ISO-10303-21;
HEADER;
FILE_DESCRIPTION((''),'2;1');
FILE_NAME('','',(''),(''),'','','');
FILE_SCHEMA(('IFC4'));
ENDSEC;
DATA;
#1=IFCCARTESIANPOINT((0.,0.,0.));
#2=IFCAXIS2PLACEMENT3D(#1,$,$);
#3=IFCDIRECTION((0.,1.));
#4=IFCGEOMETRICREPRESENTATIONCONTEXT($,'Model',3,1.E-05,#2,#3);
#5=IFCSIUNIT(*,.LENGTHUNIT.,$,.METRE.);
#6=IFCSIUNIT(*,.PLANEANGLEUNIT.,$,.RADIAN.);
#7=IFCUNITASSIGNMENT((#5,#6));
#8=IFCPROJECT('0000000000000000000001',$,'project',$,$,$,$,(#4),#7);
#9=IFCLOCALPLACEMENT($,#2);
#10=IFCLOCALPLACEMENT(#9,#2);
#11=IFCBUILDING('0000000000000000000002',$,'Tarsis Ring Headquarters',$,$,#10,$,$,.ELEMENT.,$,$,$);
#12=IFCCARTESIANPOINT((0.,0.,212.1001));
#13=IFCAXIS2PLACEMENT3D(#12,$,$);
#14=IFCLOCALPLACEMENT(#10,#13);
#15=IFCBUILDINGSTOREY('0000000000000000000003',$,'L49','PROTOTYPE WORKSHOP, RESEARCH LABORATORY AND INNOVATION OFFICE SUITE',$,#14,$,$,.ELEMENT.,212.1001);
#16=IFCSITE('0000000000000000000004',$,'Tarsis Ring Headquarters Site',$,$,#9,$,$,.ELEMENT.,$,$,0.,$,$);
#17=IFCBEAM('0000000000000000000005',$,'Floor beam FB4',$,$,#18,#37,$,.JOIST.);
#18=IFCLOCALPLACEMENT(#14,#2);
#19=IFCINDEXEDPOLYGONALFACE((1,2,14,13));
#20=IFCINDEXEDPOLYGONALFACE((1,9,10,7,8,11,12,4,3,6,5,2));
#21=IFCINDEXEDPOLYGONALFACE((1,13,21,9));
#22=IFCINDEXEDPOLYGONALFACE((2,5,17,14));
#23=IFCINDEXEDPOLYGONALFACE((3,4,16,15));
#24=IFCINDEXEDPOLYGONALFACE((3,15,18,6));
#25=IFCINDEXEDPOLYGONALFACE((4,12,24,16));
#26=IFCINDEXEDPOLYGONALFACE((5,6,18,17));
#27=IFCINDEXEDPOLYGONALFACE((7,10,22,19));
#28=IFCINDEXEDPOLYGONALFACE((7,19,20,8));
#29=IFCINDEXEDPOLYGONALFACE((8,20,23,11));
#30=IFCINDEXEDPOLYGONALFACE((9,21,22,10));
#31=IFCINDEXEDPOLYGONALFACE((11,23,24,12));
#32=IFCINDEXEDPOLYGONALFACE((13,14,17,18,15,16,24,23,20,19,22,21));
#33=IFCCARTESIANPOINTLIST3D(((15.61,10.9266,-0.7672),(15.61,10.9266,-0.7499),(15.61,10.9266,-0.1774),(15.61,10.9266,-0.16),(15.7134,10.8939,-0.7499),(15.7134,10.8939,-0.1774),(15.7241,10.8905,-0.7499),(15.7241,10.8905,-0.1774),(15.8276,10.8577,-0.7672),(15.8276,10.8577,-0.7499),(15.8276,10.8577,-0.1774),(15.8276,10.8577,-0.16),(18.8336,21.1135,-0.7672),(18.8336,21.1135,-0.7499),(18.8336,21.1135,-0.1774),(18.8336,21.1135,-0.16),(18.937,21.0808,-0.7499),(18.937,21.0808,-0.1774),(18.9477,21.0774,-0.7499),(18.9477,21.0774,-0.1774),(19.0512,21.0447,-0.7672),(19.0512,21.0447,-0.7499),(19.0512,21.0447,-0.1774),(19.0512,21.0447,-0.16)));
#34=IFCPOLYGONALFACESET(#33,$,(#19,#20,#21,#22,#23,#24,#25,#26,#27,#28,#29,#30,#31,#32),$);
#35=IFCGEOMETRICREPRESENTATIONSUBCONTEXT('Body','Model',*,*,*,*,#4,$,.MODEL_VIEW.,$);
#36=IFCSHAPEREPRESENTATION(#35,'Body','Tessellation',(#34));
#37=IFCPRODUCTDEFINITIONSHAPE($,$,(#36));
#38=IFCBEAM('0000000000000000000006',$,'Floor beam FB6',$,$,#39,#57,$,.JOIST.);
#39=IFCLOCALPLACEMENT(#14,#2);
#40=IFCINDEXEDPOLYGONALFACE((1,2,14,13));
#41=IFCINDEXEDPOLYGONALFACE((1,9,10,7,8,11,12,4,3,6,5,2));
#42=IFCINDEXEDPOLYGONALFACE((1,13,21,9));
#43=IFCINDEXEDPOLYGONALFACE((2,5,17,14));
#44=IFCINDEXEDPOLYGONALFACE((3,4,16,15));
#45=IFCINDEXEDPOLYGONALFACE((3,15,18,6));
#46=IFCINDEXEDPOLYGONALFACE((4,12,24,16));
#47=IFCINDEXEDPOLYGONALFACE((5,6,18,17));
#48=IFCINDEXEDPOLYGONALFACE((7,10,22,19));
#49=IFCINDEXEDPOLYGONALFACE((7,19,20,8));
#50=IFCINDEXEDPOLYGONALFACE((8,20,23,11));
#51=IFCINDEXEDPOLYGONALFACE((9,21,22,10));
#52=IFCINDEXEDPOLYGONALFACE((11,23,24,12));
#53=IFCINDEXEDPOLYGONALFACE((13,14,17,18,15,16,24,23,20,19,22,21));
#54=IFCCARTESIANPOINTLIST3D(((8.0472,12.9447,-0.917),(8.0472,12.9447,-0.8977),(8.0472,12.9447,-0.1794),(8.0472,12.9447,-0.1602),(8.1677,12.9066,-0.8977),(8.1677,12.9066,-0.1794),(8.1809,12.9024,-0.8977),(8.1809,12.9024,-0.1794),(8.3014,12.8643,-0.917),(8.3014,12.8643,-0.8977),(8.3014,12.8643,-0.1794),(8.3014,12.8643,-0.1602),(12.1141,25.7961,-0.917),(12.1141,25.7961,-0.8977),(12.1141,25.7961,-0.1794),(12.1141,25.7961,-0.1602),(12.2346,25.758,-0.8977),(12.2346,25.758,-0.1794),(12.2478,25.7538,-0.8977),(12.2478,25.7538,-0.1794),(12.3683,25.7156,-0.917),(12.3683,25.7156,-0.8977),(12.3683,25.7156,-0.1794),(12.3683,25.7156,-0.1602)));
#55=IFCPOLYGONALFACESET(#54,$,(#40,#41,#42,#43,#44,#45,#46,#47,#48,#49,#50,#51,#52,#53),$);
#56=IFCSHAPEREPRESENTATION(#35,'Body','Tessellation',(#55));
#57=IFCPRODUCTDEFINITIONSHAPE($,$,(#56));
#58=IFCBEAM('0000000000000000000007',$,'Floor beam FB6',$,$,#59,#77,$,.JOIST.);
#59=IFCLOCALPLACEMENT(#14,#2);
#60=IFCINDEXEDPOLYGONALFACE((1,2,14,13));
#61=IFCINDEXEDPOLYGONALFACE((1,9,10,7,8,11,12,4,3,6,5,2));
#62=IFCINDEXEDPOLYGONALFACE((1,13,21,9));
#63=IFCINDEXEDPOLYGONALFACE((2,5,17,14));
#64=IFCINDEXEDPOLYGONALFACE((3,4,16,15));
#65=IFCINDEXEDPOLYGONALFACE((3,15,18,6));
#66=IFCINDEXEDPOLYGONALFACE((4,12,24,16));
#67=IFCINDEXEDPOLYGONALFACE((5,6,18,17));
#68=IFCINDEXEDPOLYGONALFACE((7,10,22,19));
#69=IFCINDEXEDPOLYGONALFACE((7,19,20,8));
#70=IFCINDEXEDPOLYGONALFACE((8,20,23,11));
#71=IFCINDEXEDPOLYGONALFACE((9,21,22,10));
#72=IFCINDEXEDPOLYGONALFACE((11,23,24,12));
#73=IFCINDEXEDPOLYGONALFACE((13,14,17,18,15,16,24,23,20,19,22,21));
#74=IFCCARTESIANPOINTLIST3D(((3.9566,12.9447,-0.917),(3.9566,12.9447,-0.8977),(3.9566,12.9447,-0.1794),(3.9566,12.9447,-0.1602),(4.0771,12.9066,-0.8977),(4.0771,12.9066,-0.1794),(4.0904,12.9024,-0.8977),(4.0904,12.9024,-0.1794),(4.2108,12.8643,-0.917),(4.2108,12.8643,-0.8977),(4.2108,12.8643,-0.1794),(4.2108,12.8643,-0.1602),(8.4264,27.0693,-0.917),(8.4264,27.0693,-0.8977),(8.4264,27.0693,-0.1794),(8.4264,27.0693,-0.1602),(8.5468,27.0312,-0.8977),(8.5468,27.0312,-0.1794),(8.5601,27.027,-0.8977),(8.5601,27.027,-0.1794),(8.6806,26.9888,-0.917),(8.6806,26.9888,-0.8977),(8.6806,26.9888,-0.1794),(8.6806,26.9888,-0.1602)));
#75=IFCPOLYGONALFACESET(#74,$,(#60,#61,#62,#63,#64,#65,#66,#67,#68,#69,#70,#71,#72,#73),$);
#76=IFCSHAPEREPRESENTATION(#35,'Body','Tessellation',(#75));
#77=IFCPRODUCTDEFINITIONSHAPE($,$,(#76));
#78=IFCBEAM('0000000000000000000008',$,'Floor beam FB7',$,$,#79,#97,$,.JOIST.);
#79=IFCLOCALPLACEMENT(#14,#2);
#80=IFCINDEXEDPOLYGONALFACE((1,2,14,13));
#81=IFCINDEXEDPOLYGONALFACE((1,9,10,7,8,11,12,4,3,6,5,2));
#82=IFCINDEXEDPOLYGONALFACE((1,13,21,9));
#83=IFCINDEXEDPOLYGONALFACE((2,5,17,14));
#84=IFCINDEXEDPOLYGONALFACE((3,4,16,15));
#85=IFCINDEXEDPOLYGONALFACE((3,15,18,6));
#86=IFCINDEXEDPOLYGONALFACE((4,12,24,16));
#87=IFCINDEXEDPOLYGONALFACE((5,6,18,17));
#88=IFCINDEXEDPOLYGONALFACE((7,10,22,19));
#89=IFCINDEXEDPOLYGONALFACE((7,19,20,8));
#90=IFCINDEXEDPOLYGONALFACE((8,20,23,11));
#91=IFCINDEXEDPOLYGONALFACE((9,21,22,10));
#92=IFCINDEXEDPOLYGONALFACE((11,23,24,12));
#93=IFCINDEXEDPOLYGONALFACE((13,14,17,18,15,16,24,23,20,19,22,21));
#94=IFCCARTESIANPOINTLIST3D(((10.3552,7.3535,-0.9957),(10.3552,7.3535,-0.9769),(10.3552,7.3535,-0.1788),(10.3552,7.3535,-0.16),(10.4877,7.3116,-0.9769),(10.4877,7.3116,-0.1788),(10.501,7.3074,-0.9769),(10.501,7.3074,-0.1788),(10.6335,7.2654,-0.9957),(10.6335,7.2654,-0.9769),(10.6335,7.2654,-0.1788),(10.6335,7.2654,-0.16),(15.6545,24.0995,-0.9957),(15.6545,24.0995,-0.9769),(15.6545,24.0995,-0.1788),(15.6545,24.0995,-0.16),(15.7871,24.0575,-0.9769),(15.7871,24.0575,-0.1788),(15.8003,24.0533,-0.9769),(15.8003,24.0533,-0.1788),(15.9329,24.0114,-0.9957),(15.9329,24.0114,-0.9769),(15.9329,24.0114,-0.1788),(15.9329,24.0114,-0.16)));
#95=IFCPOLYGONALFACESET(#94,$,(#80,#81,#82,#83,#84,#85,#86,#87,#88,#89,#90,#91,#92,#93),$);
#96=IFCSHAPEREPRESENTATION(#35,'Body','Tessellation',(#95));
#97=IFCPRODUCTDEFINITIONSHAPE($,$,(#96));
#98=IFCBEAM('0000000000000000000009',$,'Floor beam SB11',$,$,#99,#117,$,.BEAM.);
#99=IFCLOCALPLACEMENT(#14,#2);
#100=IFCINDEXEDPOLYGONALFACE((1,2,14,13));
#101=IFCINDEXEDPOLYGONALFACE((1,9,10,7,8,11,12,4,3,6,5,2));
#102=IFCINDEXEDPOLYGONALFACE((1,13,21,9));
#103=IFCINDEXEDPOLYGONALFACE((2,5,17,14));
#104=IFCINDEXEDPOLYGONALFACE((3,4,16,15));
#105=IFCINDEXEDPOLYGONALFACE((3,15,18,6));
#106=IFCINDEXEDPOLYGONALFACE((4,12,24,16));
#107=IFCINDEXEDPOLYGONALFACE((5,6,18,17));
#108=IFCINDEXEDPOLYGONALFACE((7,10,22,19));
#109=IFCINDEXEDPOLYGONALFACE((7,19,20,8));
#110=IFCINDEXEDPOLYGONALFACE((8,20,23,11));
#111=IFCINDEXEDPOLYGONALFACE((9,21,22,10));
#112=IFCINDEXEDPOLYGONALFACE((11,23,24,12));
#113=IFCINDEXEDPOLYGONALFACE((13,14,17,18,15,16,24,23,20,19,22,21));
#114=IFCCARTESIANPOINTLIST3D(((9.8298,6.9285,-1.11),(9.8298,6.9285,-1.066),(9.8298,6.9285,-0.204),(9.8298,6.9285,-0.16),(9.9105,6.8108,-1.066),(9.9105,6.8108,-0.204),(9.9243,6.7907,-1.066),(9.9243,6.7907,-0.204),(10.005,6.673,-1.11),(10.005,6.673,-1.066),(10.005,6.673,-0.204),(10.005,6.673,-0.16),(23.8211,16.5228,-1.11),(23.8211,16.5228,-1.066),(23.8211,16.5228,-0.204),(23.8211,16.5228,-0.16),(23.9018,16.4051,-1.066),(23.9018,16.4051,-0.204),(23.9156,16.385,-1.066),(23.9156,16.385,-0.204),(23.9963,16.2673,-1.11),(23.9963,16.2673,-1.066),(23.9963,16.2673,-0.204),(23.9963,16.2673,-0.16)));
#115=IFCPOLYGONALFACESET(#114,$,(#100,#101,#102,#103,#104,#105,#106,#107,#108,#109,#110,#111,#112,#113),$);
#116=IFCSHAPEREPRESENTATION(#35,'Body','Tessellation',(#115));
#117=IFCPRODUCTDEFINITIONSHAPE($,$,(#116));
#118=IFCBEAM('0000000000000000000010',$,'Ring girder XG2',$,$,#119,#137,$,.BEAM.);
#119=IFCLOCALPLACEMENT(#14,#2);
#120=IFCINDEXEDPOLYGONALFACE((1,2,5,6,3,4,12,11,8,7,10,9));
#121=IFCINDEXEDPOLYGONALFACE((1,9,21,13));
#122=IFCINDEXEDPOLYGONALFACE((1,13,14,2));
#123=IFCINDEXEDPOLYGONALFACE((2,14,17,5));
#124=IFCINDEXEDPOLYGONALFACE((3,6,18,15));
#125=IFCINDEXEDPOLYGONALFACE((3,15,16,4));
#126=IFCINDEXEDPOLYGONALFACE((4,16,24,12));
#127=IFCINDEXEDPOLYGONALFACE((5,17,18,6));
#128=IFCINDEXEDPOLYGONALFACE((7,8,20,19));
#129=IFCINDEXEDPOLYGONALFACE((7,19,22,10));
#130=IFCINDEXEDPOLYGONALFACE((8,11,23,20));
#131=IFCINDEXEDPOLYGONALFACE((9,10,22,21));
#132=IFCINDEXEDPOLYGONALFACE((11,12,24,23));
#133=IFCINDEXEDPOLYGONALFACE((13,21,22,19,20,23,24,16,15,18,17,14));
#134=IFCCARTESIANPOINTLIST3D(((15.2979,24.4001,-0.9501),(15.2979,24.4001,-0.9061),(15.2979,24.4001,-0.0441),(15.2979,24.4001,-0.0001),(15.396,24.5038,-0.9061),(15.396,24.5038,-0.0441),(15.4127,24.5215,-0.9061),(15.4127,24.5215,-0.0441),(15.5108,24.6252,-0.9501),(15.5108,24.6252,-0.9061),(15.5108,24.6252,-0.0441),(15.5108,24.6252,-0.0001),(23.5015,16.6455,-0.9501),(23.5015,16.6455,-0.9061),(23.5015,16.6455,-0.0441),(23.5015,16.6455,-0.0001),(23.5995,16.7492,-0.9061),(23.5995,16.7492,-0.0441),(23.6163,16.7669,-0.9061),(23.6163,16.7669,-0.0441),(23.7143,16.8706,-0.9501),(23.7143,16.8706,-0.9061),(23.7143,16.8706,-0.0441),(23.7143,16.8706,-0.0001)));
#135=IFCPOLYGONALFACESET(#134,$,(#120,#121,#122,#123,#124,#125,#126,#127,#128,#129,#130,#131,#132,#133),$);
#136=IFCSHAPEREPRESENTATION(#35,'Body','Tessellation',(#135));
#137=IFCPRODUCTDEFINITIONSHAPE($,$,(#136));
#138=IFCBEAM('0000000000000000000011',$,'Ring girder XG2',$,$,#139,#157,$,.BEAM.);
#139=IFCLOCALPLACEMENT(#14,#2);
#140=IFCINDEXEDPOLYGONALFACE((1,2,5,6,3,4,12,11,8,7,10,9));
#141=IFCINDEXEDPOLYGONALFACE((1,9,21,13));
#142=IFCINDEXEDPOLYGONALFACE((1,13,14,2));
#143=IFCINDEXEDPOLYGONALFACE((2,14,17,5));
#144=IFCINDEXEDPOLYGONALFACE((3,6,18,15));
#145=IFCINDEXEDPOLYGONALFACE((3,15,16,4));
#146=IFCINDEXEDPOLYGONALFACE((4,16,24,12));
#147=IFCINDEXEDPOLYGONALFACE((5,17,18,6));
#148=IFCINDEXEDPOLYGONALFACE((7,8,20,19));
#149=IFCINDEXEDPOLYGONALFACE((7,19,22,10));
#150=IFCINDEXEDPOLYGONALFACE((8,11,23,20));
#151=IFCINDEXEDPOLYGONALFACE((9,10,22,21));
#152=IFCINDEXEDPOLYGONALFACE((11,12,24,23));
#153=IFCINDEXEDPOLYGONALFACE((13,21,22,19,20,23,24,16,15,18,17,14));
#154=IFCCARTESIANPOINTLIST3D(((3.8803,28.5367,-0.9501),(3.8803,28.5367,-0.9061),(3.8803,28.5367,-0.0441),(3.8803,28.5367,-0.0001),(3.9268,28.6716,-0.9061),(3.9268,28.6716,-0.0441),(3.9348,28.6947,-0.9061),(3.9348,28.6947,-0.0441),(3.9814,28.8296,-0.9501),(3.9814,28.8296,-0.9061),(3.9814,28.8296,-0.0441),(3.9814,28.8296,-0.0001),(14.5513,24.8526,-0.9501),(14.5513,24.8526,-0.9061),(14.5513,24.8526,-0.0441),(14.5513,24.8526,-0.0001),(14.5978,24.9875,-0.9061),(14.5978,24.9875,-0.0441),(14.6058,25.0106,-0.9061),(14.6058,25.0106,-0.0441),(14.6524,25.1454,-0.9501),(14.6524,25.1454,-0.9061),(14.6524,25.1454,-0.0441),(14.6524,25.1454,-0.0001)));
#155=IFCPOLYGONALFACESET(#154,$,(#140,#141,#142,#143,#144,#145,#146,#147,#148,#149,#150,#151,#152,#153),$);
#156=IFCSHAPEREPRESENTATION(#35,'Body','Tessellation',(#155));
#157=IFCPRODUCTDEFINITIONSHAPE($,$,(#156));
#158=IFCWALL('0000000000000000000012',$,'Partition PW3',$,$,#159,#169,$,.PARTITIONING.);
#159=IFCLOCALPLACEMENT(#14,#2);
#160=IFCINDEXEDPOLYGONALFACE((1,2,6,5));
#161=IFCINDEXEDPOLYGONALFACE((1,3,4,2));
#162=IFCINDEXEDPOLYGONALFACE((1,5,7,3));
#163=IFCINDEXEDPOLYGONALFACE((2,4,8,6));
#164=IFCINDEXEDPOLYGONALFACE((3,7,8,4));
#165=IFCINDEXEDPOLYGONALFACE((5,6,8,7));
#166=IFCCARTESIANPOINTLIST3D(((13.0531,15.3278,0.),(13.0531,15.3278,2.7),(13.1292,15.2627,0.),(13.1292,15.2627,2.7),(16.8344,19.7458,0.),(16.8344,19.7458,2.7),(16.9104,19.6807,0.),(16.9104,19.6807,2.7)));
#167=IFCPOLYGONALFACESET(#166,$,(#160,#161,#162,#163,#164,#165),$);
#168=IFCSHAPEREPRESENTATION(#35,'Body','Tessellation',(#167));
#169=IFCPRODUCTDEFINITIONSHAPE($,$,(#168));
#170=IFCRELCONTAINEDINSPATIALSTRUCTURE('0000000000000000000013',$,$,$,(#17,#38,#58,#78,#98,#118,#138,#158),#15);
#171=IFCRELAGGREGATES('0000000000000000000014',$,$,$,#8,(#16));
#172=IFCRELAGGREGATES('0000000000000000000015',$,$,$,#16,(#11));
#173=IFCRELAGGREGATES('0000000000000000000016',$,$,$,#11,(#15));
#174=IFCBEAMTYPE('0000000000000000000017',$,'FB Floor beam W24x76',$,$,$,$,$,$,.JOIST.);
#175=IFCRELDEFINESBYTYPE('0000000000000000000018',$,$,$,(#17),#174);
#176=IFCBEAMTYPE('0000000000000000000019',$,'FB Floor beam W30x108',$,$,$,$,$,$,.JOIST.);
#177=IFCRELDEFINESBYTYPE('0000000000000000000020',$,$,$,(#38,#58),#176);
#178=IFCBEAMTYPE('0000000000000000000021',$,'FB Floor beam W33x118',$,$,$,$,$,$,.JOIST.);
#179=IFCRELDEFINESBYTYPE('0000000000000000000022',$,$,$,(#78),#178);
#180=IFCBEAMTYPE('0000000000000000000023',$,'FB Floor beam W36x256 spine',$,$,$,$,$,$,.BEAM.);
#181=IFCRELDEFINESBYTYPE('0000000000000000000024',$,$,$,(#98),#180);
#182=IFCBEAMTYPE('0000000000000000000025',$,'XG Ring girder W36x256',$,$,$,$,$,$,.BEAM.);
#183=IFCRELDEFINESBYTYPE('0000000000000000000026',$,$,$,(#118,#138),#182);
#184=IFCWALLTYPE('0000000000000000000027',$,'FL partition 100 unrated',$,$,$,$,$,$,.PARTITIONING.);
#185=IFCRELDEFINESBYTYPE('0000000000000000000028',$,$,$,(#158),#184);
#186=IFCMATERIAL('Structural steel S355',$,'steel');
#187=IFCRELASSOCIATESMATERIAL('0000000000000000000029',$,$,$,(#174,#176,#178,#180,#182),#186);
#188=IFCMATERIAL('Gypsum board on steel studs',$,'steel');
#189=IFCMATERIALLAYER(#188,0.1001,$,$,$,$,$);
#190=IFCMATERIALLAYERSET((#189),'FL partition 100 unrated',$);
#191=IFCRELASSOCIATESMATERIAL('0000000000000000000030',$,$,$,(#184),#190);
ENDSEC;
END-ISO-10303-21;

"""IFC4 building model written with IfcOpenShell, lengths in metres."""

from ifc_helpers import new_model, si_unit, direction, frame, frame_2d, origin, origin_2d, place, context, subcontext, project, spatial, rectangle, i_section, extrude, material, layer, layer_set, material_profile, profile_set, type_object, element, save


model = new_model("IFC4")

# Units and contexts
model_context = context("Model", 3, precision=1e-05, world=origin(), true_north=direction((0.0, 1.0)))
body_context = subcontext(model_context, "Body", "Model", "MODEL_VIEW")
ifc_project = project(units=[si_unit("LENGTHUNIT", "METRE"), si_unit("PLANEANGLEUNIT", "RADIAN")], contexts=[model_context])

# Site, building, storey
site_placement = place(None, origin())
site = spatial("IfcSite", under=ifc_project, at=site_placement, Name="Tarsis Ring Headquarters Site", CompositionType="ELEMENT", RefElevation=0.0)
building_placement = place(site_placement, origin())
building = spatial("IfcBuilding", under=site, at=building_placement, Name="Tarsis Ring Headquarters", CompositionType="ELEMENT")
storey_placement = place(building_placement, frame((0.0, 0.0, 212.1001)))
storey = spatial("IfcBuildingStorey", under=building, at=storey_placement, Name="L49", Description="PROTOTYPE WORKSHOP, RESEARCH LABORATORY AND INNOVATION OFFICE SUITE", CompositionType="ELEMENT", Elevation=212.1001)

# Shared definitions
ifc_material_1 = material(Name="Structural steel S355", Category="steel")

# Beams
ifc_material_profile_1 = material_profile(ifc_material_1, i_section(OverallWidth=0.2283, OverallDepth=0.6072, WebThickness=0.0112, FlangeThickness=0.0173, at=origin_2d()), Name="W24x76")
ifc_profile_set_1 = profile_set([ifc_material_profile_1], Name="Structural steel S355")
beam_type_1 = type_object("IfcBeamType", Name="FB Floor beam W24x76", PredefinedType="JOIST", material=ifc_profile_set_1)
beam_1_placement = place(storey_placement, frame((18.9424, 21.0791, -0.4636), z_axis=(-0.3017, -0.953403, 0.0), x_axis=(0.953403, -0.3017, 0.0)))
element("IfcBeam", 1, at=beam_1_placement, inside=storey, type_object=beam_type_1, Name="Floor beam FB4", PredefinedType="JOIST", context=body_context, shape_type="SweptSolid", body=[
    extrude(i_section(OverallWidth=0.2283, OverallDepth=0.6072, WebThickness=0.0112, FlangeThickness=0.0173, at=origin_2d()), origin(), (0.0, 0.0, 1.0), 10.6848),
])
ifc_material_profile_2 = material_profile(ifc_material_1, i_section(OverallWidth=0.2666, OverallDepth=0.7568, WebThickness=0.0139, FlangeThickness=0.0193, at=origin_2d()), Name="W30x108")
ifc_profile_set_2 = profile_set([ifc_material_profile_2], Name="Structural steel S355")
beam_type_2 = type_object("IfcBeamType", Name="FB Floor beam W30x108", PredefinedType="JOIST", material=ifc_profile_set_2)
beam_2_placement = place(storey_placement, frame((12.2412, 25.7559, -0.5386), z_axis=(-0.30171, -0.9534, 0.0), x_axis=(0.9534, -0.30171, 0.0)))
element("IfcBeam", 2, at=beam_2_placement, inside=storey, type_object=beam_type_2, Name="Floor beam FB6", PredefinedType="JOIST", context=body_context, shape_type="SweptSolid", body=[
    extrude(i_section(OverallWidth=0.2666, OverallDepth=0.7568, WebThickness=0.0139, FlangeThickness=0.0193, at=origin_2d()), origin(), (0.0, 0.0, 1.0), 13.4795),
])
beam_3_placement = place(storey_placement, frame((8.5535, 27.0291, -0.5386), z_axis=(-0.301705, -0.953401, 0.0), x_axis=(0.953401, -0.301705, 0.0)))
element("IfcBeam", 3, at=beam_3_placement, inside=storey, type_object=beam_type_2, Name="Floor beam FB6", PredefinedType="JOIST", context=body_context, shape_type="SweptSolid", body=[
    extrude(i_section(OverallWidth=0.2666, OverallDepth=0.7568, WebThickness=0.0139, FlangeThickness=0.0193, at=origin_2d()), origin(), (0.0, 0.0, 1.0), 14.8149),
])
ifc_material_profile_3 = material_profile(ifc_material_1, i_section(OverallWidth=0.292, OverallDepth=0.8357, WebThickness=0.0139, FlangeThickness=0.0188, at=origin_2d()), Name="W33x118")
ifc_profile_set_3 = profile_set([ifc_material_profile_3], Name="Structural steel S355")
beam_type_3 = type_object("IfcBeamType", Name="FB Floor beam W33x118", PredefinedType="JOIST", material=ifc_profile_set_3)
beam_4_placement = place(storey_placement, frame((15.7937, 24.0554, -0.5779), z_axis=(-0.301709, -0.9534, 0.0), x_axis=(0.9534, -0.301709, 0.0)))
element("IfcBeam", 4, at=beam_4_placement, inside=storey, type_object=beam_type_3, Name="Floor beam FB7", PredefinedType="JOIST", context=body_context, shape_type="SweptSolid", body=[
    extrude(i_section(OverallWidth=0.292, OverallDepth=0.8357, WebThickness=0.0139, FlangeThickness=0.0188, at=origin_2d()), origin(), (0.0, 0.0, 1.0), 17.5645),
])
ifc_material_profile_4 = material_profile(ifc_material_1, i_section(OverallWidth=0.3098, OverallDepth=0.95, WebThickness=0.0244, FlangeThickness=0.0439, at=origin_2d()), Name="W36x256")
ifc_profile_set_4 = profile_set([ifc_material_profile_4], Name="Structural steel S355")
beam_type_4 = type_object("IfcBeamType", Name="FB Floor beam W36x256 spine", PredefinedType="BEAM", material=ifc_profile_set_4)
beam_5_placement = place(storey_placement, frame((23.9087, 16.395, -0.635), z_axis=(-0.824722, -0.565539, 0.0), x_axis=(0.565539, -0.824722, 0.0)))
element("IfcBeam", 5, at=beam_5_placement, inside=storey, type_object=beam_type_4, Name="Floor beam SB11", PredefinedType="BEAM", context=body_context, shape_type="SweptSolid", body=[
    extrude(i_section(OverallWidth=0.3098, OverallDepth=0.95, WebThickness=0.0244, FlangeThickness=0.0439, at=origin_2d()), origin(), (0.0, 0.0, 1.0), 16.9648),
])
beam_type_5 = type_object("IfcBeamType", Name="XG Ring girder W36x256", PredefinedType="BEAM", material=ifc_profile_set_4)
beam_6_placement = place(storey_placement, frame((23.6079, 16.7581, -0.4751), z_axis=(-0.726713, 0.686941, 0.0), x_axis=(-0.686941, -0.726713, 0.0)))
element("IfcBeam", 6, at=beam_6_placement, inside=storey, type_object=beam_type_5, Name="Ring girder XG2", PredefinedType="BEAM", context=body_context, shape_type="SweptSolid", body=[
    extrude(i_section(OverallWidth=0.3098, OverallDepth=0.95, WebThickness=0.0244, FlangeThickness=0.0439, at=origin_2d()), origin(), (0.0, 0.0, 1.0), 11.2886),
])
beam_7_placement = place(storey_placement, frame((14.6018, 24.999, -0.4751), z_axis=(-0.945251, 0.326344, 0.0), x_axis=(-0.326344, -0.945251, 0.0)))
element("IfcBeam", 7, at=beam_7_placement, inside=storey, type_object=beam_type_5, Name="Ring girder XG2", PredefinedType="BEAM", context=body_context, shape_type="SweptSolid", body=[
    extrude(i_section(OverallWidth=0.3098, OverallDepth=0.95, WebThickness=0.0244, FlangeThickness=0.0439, at=origin_2d()), origin(), (0.0, 0.0, 1.0), 11.2891),
])

# Wall
ifc_material_2 = material(Name="Gypsum board on steel studs", Category="steel")
ifc_layer_1 = layer(ifc_material_2, 0.1001)
ifc_layer_set_1 = layer_set([ifc_layer_1], Name="FL partition 100 unrated")
wall_type_1 = type_object("IfcWallType", Name="FL partition 100 unrated", PredefinedType="PARTITIONING", material=ifc_layer_set_1)
wall_1_placement = place(storey_placement, frame((13.0911, 15.2952, 0.0), z_axis=(0.0, 0.0, 1.0), x_axis=(0.650238, 0.759731, 0.0)))
element("IfcWall", 8, at=wall_1_placement, inside=storey, type_object=wall_type_1, Name="Partition PW3", PredefinedType="PARTITIONING", context=body_context, shape_type="SweptSolid", body=[
    extrude(rectangle(XDim=5.8152, YDim=0.1001, at=frame_2d((2.9077, 0.0))), origin(), (0.0, 0.0, 1.0), 2.7),
])

save(model, "model.ifc")
